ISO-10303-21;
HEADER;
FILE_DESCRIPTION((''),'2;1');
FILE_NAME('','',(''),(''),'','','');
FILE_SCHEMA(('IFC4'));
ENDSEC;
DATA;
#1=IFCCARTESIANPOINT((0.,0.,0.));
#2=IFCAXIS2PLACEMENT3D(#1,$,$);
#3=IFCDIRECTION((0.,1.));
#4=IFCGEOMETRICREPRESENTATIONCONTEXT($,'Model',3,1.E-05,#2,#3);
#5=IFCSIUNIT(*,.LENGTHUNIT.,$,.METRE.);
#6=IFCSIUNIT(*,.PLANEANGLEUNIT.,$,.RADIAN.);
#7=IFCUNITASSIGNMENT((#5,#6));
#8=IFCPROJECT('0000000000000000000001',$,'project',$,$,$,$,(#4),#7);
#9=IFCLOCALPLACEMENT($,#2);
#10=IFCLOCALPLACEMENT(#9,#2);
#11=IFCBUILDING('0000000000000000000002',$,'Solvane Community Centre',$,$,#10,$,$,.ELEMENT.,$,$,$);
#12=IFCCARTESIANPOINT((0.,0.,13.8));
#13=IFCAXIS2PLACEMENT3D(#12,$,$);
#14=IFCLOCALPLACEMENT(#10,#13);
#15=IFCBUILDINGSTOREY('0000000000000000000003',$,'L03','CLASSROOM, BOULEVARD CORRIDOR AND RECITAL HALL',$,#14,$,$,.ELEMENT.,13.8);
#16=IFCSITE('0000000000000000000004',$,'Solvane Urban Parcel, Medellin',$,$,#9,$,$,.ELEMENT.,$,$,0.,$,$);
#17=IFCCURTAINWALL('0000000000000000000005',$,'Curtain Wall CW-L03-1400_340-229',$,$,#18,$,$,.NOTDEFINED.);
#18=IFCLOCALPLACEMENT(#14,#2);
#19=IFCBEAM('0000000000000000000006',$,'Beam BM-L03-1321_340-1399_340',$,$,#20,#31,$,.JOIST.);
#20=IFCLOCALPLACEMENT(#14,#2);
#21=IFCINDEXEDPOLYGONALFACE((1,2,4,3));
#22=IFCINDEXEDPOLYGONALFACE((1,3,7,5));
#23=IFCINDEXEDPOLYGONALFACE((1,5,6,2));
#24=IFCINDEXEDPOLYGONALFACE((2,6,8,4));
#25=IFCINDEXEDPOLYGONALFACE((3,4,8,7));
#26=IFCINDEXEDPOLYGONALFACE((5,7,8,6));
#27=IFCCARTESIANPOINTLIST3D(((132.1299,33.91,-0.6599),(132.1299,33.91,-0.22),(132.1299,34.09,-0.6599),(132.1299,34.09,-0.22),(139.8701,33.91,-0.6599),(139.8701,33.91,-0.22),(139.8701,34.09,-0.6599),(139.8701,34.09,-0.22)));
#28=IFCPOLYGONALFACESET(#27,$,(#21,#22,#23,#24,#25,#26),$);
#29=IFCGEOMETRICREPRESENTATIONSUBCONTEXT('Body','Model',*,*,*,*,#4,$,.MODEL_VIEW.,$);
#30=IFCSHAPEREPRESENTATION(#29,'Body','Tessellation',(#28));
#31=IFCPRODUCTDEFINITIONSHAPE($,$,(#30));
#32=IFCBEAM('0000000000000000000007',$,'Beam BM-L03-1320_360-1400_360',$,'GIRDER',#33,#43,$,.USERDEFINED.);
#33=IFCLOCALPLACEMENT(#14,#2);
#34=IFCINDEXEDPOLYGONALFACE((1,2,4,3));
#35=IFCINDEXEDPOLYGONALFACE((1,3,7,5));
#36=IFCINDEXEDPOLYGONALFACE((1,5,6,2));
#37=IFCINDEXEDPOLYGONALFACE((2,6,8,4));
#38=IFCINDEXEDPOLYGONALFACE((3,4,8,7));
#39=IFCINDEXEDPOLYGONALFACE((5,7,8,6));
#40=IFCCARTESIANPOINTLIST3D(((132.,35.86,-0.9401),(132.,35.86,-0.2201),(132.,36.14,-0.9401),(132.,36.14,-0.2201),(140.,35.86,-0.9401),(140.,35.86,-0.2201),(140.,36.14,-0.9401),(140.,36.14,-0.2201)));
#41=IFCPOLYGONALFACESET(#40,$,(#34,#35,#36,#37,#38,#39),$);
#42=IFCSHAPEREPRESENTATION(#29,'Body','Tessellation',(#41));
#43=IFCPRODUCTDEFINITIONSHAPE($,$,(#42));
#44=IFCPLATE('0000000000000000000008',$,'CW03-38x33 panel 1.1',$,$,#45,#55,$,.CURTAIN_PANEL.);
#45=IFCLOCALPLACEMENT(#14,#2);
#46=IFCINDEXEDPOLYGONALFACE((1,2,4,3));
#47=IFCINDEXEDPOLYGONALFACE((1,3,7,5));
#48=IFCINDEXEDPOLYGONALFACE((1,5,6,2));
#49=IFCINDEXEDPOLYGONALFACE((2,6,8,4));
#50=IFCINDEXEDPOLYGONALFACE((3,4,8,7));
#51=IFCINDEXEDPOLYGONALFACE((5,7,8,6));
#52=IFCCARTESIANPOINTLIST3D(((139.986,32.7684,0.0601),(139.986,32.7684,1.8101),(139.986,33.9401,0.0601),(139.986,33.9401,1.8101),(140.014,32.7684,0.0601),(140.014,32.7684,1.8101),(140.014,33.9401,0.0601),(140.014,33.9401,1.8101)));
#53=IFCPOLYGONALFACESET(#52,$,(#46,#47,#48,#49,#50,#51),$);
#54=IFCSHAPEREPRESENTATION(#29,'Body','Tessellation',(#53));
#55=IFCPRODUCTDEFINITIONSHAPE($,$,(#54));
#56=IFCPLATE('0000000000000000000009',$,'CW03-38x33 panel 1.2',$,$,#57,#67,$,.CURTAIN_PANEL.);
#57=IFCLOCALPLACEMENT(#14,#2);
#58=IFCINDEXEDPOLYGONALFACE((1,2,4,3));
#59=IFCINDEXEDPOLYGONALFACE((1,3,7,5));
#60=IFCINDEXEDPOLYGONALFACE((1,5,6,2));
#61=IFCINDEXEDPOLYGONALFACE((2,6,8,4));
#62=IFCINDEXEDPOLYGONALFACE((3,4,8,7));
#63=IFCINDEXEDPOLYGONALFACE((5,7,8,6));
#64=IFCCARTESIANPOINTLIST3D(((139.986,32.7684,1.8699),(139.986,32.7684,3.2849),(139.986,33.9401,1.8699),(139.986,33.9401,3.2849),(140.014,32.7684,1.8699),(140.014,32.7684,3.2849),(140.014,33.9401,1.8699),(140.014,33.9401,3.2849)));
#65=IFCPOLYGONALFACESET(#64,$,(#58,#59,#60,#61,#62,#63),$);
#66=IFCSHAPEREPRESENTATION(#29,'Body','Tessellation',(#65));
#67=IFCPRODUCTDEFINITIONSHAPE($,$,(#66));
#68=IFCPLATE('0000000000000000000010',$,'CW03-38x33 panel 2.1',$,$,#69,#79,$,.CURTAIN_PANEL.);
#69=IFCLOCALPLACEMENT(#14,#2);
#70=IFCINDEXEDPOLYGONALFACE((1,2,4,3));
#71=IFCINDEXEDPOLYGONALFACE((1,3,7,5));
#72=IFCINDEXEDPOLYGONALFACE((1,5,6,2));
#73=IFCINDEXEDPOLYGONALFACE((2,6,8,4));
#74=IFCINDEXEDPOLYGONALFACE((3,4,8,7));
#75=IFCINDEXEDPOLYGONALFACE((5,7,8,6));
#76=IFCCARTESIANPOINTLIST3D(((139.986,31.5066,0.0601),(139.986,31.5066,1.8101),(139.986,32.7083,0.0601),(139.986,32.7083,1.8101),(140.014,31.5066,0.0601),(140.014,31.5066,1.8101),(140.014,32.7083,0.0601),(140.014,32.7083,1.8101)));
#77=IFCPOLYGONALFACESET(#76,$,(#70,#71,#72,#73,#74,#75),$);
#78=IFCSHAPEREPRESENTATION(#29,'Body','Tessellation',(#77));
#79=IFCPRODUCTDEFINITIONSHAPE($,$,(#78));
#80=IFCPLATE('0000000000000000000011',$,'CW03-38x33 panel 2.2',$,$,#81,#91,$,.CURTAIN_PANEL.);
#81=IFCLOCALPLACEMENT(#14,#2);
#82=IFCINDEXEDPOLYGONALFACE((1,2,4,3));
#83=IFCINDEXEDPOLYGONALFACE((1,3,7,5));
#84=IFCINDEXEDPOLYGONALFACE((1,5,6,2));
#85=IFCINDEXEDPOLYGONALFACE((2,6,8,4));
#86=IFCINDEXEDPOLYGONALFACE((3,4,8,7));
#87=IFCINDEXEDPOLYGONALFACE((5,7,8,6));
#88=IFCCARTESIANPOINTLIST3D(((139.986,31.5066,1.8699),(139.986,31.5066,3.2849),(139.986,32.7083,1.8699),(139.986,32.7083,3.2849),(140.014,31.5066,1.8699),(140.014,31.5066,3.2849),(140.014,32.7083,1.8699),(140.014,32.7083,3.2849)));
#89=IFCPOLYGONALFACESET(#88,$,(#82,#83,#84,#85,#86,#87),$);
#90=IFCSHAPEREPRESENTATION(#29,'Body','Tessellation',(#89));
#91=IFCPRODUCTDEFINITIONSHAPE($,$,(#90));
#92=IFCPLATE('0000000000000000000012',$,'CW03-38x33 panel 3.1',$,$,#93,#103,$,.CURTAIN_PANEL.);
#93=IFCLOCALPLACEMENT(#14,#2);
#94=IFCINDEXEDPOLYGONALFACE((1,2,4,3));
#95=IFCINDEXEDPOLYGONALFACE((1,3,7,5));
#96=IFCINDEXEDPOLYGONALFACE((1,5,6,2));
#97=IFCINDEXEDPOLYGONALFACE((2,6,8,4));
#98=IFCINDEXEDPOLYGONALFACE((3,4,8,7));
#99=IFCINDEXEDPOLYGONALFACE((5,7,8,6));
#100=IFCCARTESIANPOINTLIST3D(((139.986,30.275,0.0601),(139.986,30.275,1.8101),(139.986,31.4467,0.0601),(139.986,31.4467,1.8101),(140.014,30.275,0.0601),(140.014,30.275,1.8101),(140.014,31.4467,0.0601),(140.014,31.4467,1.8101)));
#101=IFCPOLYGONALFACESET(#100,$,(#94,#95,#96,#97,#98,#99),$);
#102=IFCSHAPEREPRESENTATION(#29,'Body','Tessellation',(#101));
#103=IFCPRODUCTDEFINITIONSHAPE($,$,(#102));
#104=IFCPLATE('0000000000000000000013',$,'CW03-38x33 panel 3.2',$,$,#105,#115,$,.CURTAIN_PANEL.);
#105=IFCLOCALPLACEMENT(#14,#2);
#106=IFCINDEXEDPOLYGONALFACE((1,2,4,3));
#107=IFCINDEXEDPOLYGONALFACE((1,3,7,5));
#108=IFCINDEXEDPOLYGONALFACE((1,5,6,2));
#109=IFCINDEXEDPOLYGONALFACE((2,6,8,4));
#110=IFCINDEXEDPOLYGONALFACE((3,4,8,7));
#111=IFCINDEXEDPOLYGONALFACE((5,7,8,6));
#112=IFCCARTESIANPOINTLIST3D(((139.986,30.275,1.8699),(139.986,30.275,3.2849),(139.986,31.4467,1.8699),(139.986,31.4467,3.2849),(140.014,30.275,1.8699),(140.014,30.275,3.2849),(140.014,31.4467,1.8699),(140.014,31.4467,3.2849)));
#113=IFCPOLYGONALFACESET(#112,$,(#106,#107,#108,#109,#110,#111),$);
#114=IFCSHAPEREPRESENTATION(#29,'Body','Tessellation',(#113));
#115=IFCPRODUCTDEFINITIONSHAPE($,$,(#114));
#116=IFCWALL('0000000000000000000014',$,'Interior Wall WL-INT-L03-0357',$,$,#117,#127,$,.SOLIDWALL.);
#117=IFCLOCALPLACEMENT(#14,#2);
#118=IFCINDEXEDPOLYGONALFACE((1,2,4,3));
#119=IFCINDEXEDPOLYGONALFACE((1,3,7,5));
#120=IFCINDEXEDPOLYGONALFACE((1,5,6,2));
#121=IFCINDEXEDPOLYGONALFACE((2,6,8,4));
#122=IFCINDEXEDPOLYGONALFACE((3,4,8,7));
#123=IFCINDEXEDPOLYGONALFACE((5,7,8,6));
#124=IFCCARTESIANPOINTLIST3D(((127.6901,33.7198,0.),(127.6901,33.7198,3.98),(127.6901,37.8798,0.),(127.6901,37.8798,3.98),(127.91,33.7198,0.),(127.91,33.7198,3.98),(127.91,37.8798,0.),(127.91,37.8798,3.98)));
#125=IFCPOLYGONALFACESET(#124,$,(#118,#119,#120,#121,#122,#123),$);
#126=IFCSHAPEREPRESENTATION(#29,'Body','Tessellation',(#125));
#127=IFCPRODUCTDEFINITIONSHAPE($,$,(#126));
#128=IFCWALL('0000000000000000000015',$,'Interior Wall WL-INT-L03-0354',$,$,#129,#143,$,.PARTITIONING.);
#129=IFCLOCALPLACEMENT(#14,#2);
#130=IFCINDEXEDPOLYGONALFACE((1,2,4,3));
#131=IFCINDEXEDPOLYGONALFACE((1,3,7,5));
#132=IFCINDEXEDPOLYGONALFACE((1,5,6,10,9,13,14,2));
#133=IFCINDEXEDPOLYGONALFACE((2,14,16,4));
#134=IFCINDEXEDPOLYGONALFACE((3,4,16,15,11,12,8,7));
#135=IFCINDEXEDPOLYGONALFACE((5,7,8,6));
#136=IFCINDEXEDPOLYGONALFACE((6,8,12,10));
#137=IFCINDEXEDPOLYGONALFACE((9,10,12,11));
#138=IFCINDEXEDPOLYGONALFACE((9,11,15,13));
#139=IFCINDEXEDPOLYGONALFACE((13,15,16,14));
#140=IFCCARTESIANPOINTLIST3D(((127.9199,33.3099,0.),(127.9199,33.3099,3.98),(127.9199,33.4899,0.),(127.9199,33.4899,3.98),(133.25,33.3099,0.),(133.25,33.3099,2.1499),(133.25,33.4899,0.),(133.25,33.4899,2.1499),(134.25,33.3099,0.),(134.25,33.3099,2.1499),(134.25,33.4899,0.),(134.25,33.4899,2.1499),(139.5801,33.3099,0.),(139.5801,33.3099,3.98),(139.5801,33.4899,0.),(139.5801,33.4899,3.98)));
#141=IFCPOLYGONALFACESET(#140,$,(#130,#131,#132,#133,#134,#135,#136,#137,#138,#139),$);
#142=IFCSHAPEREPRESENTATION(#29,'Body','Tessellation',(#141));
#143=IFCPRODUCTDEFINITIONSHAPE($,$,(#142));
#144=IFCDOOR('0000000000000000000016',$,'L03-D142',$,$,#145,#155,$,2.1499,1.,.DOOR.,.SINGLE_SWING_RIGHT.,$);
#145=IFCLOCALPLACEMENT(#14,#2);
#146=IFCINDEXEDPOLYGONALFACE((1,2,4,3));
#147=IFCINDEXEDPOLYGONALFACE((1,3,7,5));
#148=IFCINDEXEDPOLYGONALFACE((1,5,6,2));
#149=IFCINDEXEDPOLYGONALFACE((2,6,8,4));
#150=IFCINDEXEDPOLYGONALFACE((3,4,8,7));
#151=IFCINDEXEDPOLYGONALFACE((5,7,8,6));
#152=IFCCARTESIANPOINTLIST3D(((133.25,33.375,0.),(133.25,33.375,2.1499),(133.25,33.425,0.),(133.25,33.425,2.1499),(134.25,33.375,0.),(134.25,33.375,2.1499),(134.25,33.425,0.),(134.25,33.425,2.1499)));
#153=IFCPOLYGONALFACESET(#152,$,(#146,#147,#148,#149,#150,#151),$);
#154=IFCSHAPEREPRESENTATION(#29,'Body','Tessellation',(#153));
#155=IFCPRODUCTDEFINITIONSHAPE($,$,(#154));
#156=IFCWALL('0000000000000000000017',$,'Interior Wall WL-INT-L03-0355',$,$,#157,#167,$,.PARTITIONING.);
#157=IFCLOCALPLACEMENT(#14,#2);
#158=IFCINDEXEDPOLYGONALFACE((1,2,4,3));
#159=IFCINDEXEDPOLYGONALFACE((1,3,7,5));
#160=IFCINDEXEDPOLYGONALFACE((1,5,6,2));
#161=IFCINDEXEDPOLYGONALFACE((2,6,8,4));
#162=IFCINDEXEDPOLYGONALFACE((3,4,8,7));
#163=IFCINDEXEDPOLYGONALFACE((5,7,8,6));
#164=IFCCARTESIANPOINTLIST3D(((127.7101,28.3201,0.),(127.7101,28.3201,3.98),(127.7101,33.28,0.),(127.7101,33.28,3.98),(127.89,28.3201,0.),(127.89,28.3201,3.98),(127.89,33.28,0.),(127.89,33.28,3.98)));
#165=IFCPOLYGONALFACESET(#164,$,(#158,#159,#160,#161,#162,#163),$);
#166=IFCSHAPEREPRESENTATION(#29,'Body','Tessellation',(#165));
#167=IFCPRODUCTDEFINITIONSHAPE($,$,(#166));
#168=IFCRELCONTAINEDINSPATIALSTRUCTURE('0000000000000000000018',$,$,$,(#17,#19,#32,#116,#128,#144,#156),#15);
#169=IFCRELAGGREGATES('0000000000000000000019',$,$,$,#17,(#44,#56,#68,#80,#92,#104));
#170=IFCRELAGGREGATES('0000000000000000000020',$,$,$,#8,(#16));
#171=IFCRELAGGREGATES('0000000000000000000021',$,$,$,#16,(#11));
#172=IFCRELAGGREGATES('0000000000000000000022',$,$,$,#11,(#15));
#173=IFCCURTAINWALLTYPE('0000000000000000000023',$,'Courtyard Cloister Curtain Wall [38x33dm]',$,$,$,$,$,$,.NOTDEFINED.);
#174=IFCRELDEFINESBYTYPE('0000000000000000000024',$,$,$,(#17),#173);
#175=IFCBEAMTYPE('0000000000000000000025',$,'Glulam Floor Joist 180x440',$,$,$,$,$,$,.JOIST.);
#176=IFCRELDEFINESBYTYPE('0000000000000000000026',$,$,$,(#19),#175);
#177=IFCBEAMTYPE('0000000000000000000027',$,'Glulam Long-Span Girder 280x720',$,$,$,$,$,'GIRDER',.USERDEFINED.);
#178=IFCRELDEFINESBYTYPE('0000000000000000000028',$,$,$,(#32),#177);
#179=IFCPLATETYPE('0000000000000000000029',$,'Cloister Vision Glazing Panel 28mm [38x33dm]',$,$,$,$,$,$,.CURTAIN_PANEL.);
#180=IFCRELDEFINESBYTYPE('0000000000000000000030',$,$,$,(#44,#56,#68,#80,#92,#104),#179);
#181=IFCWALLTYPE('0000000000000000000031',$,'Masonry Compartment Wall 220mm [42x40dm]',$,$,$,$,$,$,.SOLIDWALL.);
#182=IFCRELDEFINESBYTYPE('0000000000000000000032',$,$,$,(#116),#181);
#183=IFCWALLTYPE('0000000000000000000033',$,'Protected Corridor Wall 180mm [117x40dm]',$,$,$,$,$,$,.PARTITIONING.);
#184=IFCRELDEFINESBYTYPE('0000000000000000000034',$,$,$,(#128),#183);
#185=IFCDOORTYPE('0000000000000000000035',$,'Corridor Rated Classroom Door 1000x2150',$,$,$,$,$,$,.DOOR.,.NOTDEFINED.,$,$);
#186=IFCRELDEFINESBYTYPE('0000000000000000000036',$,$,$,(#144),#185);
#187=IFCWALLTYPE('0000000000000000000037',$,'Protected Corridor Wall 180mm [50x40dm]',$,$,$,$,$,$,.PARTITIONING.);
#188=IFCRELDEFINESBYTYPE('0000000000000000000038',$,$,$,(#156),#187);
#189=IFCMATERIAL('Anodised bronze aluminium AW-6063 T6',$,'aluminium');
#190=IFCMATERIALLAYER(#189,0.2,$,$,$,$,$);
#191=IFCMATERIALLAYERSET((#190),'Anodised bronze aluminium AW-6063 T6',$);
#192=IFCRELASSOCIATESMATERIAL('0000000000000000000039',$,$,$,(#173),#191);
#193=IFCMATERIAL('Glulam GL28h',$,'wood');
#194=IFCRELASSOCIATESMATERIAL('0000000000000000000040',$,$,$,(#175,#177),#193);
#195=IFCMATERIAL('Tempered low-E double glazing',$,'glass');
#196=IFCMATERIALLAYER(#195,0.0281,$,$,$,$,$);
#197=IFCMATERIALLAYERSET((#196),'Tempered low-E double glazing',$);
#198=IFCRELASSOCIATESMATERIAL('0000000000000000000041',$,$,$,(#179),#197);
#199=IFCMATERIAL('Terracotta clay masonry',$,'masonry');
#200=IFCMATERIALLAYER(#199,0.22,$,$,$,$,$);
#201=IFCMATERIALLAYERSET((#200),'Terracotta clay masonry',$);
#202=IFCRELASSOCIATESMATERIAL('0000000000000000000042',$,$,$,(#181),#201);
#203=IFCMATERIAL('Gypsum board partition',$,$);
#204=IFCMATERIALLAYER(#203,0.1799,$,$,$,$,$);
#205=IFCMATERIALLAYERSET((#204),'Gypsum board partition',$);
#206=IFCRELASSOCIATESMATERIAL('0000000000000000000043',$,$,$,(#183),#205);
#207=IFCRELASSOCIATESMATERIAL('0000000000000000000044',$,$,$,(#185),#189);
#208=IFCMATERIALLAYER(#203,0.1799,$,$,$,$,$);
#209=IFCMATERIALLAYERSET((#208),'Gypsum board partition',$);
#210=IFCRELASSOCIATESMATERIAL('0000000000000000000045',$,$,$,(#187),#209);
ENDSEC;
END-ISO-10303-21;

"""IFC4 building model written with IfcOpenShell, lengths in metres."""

from ifc_helpers import new_model, si_unit, direction, frame, frame_2d, origin, origin_2d, place, context, subcontext, project, spatial, rectangle, extrude, material, layer, layer_set, material_profile, profile_set, type_object, element, fill, aggregate, save


model = new_model("IFC4")

# Units and contexts
model_context = context("Model", 3, precision=1e-05, world=origin(), true_north=direction((0.0, 1.0)))
body_context = subcontext(model_context, "Body", "Model", "MODEL_VIEW")
ifc_project = project(units=[si_unit("LENGTHUNIT", "METRE"), si_unit("PLANEANGLEUNIT", "RADIAN")], contexts=[model_context])

# Site, building, storey
site_placement = place(None, origin())
site = spatial("IfcSite", under=ifc_project, at=site_placement, Name="Solvane Urban Parcel, Medellin", CompositionType="ELEMENT", RefElevation=0.0)
building_placement = place(site_placement, origin())
building = spatial("IfcBuilding", under=site, at=building_placement, Name="Solvane Community Centre", CompositionType="ELEMENT")
storey_placement = place(building_placement, frame((0.0, 0.0, 13.8)))
storey = spatial("IfcBuildingStorey", under=building, at=storey_placement, Name="L03", Description="CLASSROOM, BOULEVARD CORRIDOR AND RECITAL HALL", CompositionType="ELEMENT", Elevation=13.8)

# Curtain wall
ifc_material_1 = material(Name="Anodised bronze aluminium AW-6063 T6", Category="aluminium")
ifc_layer_1 = layer(ifc_material_1, 0.2)
ifc_layer_set_1 = layer_set([ifc_layer_1], Name="Anodised bronze aluminium AW-6063 T6")
curtain_wall_type = type_object("IfcCurtainWallType", Name="Courtyard Cloister Curtain Wall [38x33dm]", PredefinedType="NOTDEFINED", material=ifc_layer_set_1)
curtain_wall_placement = place(storey_placement, origin())
curtain_wall = element("IfcCurtainWall", 1, at=curtain_wall_placement, inside=storey, type_object=curtain_wall_type, Name="Curtain Wall CW-L03-1400_340-229", PredefinedType="NOTDEFINED")

# Beams
ifc_material_2 = material(Name="Glulam GL28h", Category="wood")
ifc_material_profile_1 = material_profile(ifc_material_2, rectangle(XDim=0.1799, YDim=0.4399, at=origin_2d()), Name="GL28h 180x440")
ifc_profile_set_1 = profile_set([ifc_material_profile_1], Name="Glulam GL28h")
beam_type_1 = type_object("IfcBeamType", Name="Glulam Floor Joist 180x440", PredefinedType="JOIST", material=ifc_profile_set_1)
for number, where, z_axis, x_axis, name in (
    (2, (132.1299, 34.0, -0.4399), (1.0, 0.0, 0.0), (0.0, 1.0, 0.0), "Beam BM-L03-1321_340-1399_340"),
):
    element("IfcBeam", number, at=place(storey_placement, frame(where, z_axis=z_axis, x_axis=x_axis)), inside=storey, type_object=beam_type_1, Name=name, PredefinedType="JOIST", context=body_context, shape_type="SweptSolid", body=[
        extrude(rectangle(XDim=0.1799, YDim=0.4399, at=origin_2d()), origin(), (0.0, 0.0, 1.0), 7.7402),
    ])
ifc_material_profile_2 = material_profile(ifc_material_2, rectangle(XDim=0.28, YDim=0.72, at=origin_2d()), Name="GL28h 280x720")
ifc_profile_set_2 = profile_set([ifc_material_profile_2], Name="Glulam GL28h")
beam_type_2 = type_object("IfcBeamType", Name="Glulam Long-Span Girder 280x720", ElementType="GIRDER", PredefinedType="USERDEFINED", material=ifc_profile_set_2)
beam_1_placement = place(storey_placement, frame((132.0, 36.0, -0.5801), z_axis=(1.0, 0.0, 0.0), x_axis=(0.0, 1.0, 0.0)))
element("IfcBeam", 3, at=beam_1_placement, inside=storey, type_object=beam_type_2, Name="Beam BM-L03-1320_360-1400_360", ObjectType="GIRDER", PredefinedType="USERDEFINED", context=body_context, shape_type="SweptSolid", body=[
    extrude(rectangle(XDim=0.28, YDim=0.72, at=origin_2d()), origin(), (0.0, 0.0, 1.0), 8.0),
])

# Plates
ifc_material_3 = material(Name="Tempered low-E double glazing", Category="glass")
ifc_layer_2 = layer(ifc_material_3, 0.0281)
ifc_layer_set_2 = layer_set([ifc_layer_2], Name="Tempered low-E double glazing")
plate_type = type_object("IfcPlateType", Name="Cloister Vision Glazing Panel 28mm [38x33dm]", PredefinedType="CURTAIN_PANEL", material=ifc_layer_set_2)
plate_1_placement = place(storey_placement, frame((140.0, 33.3542, 0.0601), z_axis=(0.0, 0.0, 1.0), x_axis=(0.0, -1.0, 0.0)))
plate_1 = element("IfcPlate", 4, at=plate_1_placement, type_object=plate_type, Name="CW03-38x33 panel 1.1", PredefinedType="CURTAIN_PANEL", context=body_context, shape_type="SweptSolid", body=[
    extrude(rectangle(XDim=1.1716, YDim=0.0281, at=origin_2d()), origin(), (0.0, 0.0, 1.0), 1.75),
])
plate_2_placement = place(storey_placement, frame((140.0, 33.3542, 1.8699), z_axis=(0.0, 0.0, 1.0), x_axis=(0.0, -1.0, 0.0)))
plate_2 = element("IfcPlate", 5, at=plate_2_placement, type_object=plate_type, Name="CW03-38x33 panel 1.2", PredefinedType="CURTAIN_PANEL", context=body_context, shape_type="SweptSolid", body=[
    extrude(rectangle(XDim=1.1716, YDim=0.0281, at=origin_2d()), origin(), (0.0, 0.0, 1.0), 1.415),
])
plate_3_placement = place(storey_placement, frame((140.0, 32.1074, 0.0601), z_axis=(0.0, 0.0, 1.0), x_axis=(0.0, -1.0, 0.0)))
plate_3 = element("IfcPlate", 6, at=plate_3_placement, type_object=plate_type, Name="CW03-38x33 panel 2.1", PredefinedType="CURTAIN_PANEL", context=body_context, shape_type="SweptSolid", body=[
    extrude(rectangle(XDim=1.2017, YDim=0.0281, at=origin_2d()), origin(), (0.0, 0.0, 1.0), 1.75),
])
plate_4_placement = place(storey_placement, frame((140.0, 32.1074, 1.8699), z_axis=(0.0, 0.0, 1.0), x_axis=(0.0, -1.0, 0.0)))
plate_4 = element("IfcPlate", 7, at=plate_4_placement, type_object=plate_type, Name="CW03-38x33 panel 2.2", PredefinedType="CURTAIN_PANEL", context=body_context, shape_type="SweptSolid", body=[
    extrude(rectangle(XDim=1.2017, YDim=0.0281, at=origin_2d()), origin(), (0.0, 0.0, 1.0), 1.415),
])
plate_5_placement = place(storey_placement, frame((140.0, 30.8608, 0.0601), z_axis=(0.0, 0.0, 1.0), x_axis=(0.0, -1.0, 0.0)))
plate_5 = element("IfcPlate", 8, at=plate_5_placement, type_object=plate_type, Name="CW03-38x33 panel 3.1", PredefinedType="CURTAIN_PANEL", context=body_context, shape_type="SweptSolid", body=[
    extrude(rectangle(XDim=1.1716, YDim=0.0281, at=origin_2d()), origin(), (0.0, 0.0, 1.0), 1.75),
])
plate_6_placement = place(storey_placement, frame((140.0, 30.8608, 1.8699), z_axis=(0.0, 0.0, 1.0), x_axis=(0.0, -1.0, 0.0)))
plate_6 = element("IfcPlate", 9, at=plate_6_placement, type_object=plate_type, Name="CW03-38x33 panel 3.2", PredefinedType="CURTAIN_PANEL", context=body_context, shape_type="SweptSolid", body=[
    extrude(rectangle(XDim=1.1716, YDim=0.0281, at=origin_2d()), origin(), (0.0, 0.0, 1.0), 1.415),
])
aggregate(curtain_wall, [plate_1, plate_2, plate_3, plate_4, plate_5, plate_6])

# Wall
ifc_material_4 = material(Name="Terracotta clay masonry", Category="masonry")
ifc_layer_3 = layer(ifc_material_4, 0.22)
ifc_layer_set_3 = layer_set([ifc_layer_3], Name="Terracotta clay masonry")
wall_type_1 = type_object("IfcWallType", Name="Masonry Compartment Wall 220mm [42x40dm]", PredefinedType="SOLIDWALL", material=ifc_layer_set_3)
wall_1_placement = place(storey_placement, frame((127.8, 37.8799, 0.0), z_axis=(0.0, 0.0, 1.0), x_axis=(0.0, -1.0, 0.0)))
element("IfcWall", 10, at=wall_1_placement, inside=storey, type_object=wall_type_1, Name="Interior Wall WL-INT-L03-0357", PredefinedType="SOLIDWALL", context=body_context, shape_type="SweptSolid", body=[
    extrude(rectangle(XDim=4.1599, YDim=0.22, at=frame_2d((2.0801, 0.0))), origin(), (0.0, 0.0, 1.0), 3.98),
])

# Wall, opening, door
ifc_material_5 = material(Name="Gypsum board partition")
ifc_layer_4 = layer(ifc_material_5, 0.1799)
ifc_layer_set_4 = layer_set([ifc_layer_4], Name="Gypsum board partition")
wall_type_2 = type_object("IfcWallType", Name="Protected Corridor Wall 180mm [117x40dm]", PredefinedType="PARTITIONING", material=ifc_layer_set_4)
wall_2_placement = place(storey_placement, frame((139.5801, 33.3999, 0.0), z_axis=(0.0, 0.0, 1.0), x_axis=(-1.0, 0.0, 0.0)))
wall_2 = element("IfcWall", 11, at=wall_2_placement, inside=storey, type_object=wall_type_2, Name="Interior Wall WL-INT-L03-0354", PredefinedType="PARTITIONING", context=body_context, shape_type="SweptSolid", body=[
    extrude(rectangle(XDim=11.6602, YDim=0.1799, at=frame_2d((5.8301, 0.0))), origin(), (0.0, 0.0, 1.0), 3.98),
])
opening_placement = place(wall_2_placement, frame((5.3301, 0.0, 0.0)))
opening = element("IfcOpeningElement", 12, at=opening_placement, cuts=wall_2, PredefinedType="OPENING", context=body_context, shape_type="SweptSolid", body=[
    extrude(rectangle(XDim=1.0, YDim=2.1499, at=frame_2d((0.5, 1.075))), frame((0.0, 0.0999, 0.0), z_axis=(0.0, -1.0, 0.0), x_axis=(1.0, 0.0, 0.0)), (0.0, 0.0, 1.0), 0.2),
])
door_type = type_object("IfcDoorType", Name="Corridor Rated Classroom Door 1000x2150", OperationType="NOTDEFINED", PredefinedType="DOOR", material=ifc_material_1)
door_placement = place(opening_placement, origin())
door = element("IfcDoor", 13, at=door_placement, inside=storey, type_object=door_type, Name="L03-D142", OperationType="SINGLE_SWING_RIGHT", OverallHeight=2.1499, OverallWidth=1.0, PredefinedType="DOOR", context=body_context, shape_type="SweptSolid", body=[
    extrude(rectangle(XDim=1.0, YDim=2.1499, at=frame_2d((0.5, 1.075))), frame((0.0, 0.0249, 0.0), z_axis=(0.0, -1.0, 0.0), x_axis=(1.0, 0.0, 0.0)), (0.0, 0.0, 1.0), 0.05),
])
fill(opening, door)

# Wall
ifc_layer_5 = layer(ifc_material_5, 0.1799)
ifc_layer_set_5 = layer_set([ifc_layer_5], Name="Gypsum board partition")
wall_type_3 = type_object("IfcWallType", Name="Protected Corridor Wall 180mm [50x40dm]", PredefinedType="PARTITIONING", material=ifc_layer_set_5)
wall_3_placement = place(storey_placement, frame((127.8, 33.28, 0.0), z_axis=(0.0, 0.0, 1.0), x_axis=(0.0, -1.0, 0.0)))
element("IfcWall", 14, at=wall_3_placement, inside=storey, type_object=wall_type_3, Name="Interior Wall WL-INT-L03-0355", PredefinedType="PARTITIONING", context=body_context, shape_type="SweptSolid", body=[
    extrude(rectangle(XDim=4.96, YDim=0.1799, at=frame_2d((2.48, 0.0))), origin(), (0.0, 0.0, 1.0), 3.98),
])

save(model, "model.ifc")
